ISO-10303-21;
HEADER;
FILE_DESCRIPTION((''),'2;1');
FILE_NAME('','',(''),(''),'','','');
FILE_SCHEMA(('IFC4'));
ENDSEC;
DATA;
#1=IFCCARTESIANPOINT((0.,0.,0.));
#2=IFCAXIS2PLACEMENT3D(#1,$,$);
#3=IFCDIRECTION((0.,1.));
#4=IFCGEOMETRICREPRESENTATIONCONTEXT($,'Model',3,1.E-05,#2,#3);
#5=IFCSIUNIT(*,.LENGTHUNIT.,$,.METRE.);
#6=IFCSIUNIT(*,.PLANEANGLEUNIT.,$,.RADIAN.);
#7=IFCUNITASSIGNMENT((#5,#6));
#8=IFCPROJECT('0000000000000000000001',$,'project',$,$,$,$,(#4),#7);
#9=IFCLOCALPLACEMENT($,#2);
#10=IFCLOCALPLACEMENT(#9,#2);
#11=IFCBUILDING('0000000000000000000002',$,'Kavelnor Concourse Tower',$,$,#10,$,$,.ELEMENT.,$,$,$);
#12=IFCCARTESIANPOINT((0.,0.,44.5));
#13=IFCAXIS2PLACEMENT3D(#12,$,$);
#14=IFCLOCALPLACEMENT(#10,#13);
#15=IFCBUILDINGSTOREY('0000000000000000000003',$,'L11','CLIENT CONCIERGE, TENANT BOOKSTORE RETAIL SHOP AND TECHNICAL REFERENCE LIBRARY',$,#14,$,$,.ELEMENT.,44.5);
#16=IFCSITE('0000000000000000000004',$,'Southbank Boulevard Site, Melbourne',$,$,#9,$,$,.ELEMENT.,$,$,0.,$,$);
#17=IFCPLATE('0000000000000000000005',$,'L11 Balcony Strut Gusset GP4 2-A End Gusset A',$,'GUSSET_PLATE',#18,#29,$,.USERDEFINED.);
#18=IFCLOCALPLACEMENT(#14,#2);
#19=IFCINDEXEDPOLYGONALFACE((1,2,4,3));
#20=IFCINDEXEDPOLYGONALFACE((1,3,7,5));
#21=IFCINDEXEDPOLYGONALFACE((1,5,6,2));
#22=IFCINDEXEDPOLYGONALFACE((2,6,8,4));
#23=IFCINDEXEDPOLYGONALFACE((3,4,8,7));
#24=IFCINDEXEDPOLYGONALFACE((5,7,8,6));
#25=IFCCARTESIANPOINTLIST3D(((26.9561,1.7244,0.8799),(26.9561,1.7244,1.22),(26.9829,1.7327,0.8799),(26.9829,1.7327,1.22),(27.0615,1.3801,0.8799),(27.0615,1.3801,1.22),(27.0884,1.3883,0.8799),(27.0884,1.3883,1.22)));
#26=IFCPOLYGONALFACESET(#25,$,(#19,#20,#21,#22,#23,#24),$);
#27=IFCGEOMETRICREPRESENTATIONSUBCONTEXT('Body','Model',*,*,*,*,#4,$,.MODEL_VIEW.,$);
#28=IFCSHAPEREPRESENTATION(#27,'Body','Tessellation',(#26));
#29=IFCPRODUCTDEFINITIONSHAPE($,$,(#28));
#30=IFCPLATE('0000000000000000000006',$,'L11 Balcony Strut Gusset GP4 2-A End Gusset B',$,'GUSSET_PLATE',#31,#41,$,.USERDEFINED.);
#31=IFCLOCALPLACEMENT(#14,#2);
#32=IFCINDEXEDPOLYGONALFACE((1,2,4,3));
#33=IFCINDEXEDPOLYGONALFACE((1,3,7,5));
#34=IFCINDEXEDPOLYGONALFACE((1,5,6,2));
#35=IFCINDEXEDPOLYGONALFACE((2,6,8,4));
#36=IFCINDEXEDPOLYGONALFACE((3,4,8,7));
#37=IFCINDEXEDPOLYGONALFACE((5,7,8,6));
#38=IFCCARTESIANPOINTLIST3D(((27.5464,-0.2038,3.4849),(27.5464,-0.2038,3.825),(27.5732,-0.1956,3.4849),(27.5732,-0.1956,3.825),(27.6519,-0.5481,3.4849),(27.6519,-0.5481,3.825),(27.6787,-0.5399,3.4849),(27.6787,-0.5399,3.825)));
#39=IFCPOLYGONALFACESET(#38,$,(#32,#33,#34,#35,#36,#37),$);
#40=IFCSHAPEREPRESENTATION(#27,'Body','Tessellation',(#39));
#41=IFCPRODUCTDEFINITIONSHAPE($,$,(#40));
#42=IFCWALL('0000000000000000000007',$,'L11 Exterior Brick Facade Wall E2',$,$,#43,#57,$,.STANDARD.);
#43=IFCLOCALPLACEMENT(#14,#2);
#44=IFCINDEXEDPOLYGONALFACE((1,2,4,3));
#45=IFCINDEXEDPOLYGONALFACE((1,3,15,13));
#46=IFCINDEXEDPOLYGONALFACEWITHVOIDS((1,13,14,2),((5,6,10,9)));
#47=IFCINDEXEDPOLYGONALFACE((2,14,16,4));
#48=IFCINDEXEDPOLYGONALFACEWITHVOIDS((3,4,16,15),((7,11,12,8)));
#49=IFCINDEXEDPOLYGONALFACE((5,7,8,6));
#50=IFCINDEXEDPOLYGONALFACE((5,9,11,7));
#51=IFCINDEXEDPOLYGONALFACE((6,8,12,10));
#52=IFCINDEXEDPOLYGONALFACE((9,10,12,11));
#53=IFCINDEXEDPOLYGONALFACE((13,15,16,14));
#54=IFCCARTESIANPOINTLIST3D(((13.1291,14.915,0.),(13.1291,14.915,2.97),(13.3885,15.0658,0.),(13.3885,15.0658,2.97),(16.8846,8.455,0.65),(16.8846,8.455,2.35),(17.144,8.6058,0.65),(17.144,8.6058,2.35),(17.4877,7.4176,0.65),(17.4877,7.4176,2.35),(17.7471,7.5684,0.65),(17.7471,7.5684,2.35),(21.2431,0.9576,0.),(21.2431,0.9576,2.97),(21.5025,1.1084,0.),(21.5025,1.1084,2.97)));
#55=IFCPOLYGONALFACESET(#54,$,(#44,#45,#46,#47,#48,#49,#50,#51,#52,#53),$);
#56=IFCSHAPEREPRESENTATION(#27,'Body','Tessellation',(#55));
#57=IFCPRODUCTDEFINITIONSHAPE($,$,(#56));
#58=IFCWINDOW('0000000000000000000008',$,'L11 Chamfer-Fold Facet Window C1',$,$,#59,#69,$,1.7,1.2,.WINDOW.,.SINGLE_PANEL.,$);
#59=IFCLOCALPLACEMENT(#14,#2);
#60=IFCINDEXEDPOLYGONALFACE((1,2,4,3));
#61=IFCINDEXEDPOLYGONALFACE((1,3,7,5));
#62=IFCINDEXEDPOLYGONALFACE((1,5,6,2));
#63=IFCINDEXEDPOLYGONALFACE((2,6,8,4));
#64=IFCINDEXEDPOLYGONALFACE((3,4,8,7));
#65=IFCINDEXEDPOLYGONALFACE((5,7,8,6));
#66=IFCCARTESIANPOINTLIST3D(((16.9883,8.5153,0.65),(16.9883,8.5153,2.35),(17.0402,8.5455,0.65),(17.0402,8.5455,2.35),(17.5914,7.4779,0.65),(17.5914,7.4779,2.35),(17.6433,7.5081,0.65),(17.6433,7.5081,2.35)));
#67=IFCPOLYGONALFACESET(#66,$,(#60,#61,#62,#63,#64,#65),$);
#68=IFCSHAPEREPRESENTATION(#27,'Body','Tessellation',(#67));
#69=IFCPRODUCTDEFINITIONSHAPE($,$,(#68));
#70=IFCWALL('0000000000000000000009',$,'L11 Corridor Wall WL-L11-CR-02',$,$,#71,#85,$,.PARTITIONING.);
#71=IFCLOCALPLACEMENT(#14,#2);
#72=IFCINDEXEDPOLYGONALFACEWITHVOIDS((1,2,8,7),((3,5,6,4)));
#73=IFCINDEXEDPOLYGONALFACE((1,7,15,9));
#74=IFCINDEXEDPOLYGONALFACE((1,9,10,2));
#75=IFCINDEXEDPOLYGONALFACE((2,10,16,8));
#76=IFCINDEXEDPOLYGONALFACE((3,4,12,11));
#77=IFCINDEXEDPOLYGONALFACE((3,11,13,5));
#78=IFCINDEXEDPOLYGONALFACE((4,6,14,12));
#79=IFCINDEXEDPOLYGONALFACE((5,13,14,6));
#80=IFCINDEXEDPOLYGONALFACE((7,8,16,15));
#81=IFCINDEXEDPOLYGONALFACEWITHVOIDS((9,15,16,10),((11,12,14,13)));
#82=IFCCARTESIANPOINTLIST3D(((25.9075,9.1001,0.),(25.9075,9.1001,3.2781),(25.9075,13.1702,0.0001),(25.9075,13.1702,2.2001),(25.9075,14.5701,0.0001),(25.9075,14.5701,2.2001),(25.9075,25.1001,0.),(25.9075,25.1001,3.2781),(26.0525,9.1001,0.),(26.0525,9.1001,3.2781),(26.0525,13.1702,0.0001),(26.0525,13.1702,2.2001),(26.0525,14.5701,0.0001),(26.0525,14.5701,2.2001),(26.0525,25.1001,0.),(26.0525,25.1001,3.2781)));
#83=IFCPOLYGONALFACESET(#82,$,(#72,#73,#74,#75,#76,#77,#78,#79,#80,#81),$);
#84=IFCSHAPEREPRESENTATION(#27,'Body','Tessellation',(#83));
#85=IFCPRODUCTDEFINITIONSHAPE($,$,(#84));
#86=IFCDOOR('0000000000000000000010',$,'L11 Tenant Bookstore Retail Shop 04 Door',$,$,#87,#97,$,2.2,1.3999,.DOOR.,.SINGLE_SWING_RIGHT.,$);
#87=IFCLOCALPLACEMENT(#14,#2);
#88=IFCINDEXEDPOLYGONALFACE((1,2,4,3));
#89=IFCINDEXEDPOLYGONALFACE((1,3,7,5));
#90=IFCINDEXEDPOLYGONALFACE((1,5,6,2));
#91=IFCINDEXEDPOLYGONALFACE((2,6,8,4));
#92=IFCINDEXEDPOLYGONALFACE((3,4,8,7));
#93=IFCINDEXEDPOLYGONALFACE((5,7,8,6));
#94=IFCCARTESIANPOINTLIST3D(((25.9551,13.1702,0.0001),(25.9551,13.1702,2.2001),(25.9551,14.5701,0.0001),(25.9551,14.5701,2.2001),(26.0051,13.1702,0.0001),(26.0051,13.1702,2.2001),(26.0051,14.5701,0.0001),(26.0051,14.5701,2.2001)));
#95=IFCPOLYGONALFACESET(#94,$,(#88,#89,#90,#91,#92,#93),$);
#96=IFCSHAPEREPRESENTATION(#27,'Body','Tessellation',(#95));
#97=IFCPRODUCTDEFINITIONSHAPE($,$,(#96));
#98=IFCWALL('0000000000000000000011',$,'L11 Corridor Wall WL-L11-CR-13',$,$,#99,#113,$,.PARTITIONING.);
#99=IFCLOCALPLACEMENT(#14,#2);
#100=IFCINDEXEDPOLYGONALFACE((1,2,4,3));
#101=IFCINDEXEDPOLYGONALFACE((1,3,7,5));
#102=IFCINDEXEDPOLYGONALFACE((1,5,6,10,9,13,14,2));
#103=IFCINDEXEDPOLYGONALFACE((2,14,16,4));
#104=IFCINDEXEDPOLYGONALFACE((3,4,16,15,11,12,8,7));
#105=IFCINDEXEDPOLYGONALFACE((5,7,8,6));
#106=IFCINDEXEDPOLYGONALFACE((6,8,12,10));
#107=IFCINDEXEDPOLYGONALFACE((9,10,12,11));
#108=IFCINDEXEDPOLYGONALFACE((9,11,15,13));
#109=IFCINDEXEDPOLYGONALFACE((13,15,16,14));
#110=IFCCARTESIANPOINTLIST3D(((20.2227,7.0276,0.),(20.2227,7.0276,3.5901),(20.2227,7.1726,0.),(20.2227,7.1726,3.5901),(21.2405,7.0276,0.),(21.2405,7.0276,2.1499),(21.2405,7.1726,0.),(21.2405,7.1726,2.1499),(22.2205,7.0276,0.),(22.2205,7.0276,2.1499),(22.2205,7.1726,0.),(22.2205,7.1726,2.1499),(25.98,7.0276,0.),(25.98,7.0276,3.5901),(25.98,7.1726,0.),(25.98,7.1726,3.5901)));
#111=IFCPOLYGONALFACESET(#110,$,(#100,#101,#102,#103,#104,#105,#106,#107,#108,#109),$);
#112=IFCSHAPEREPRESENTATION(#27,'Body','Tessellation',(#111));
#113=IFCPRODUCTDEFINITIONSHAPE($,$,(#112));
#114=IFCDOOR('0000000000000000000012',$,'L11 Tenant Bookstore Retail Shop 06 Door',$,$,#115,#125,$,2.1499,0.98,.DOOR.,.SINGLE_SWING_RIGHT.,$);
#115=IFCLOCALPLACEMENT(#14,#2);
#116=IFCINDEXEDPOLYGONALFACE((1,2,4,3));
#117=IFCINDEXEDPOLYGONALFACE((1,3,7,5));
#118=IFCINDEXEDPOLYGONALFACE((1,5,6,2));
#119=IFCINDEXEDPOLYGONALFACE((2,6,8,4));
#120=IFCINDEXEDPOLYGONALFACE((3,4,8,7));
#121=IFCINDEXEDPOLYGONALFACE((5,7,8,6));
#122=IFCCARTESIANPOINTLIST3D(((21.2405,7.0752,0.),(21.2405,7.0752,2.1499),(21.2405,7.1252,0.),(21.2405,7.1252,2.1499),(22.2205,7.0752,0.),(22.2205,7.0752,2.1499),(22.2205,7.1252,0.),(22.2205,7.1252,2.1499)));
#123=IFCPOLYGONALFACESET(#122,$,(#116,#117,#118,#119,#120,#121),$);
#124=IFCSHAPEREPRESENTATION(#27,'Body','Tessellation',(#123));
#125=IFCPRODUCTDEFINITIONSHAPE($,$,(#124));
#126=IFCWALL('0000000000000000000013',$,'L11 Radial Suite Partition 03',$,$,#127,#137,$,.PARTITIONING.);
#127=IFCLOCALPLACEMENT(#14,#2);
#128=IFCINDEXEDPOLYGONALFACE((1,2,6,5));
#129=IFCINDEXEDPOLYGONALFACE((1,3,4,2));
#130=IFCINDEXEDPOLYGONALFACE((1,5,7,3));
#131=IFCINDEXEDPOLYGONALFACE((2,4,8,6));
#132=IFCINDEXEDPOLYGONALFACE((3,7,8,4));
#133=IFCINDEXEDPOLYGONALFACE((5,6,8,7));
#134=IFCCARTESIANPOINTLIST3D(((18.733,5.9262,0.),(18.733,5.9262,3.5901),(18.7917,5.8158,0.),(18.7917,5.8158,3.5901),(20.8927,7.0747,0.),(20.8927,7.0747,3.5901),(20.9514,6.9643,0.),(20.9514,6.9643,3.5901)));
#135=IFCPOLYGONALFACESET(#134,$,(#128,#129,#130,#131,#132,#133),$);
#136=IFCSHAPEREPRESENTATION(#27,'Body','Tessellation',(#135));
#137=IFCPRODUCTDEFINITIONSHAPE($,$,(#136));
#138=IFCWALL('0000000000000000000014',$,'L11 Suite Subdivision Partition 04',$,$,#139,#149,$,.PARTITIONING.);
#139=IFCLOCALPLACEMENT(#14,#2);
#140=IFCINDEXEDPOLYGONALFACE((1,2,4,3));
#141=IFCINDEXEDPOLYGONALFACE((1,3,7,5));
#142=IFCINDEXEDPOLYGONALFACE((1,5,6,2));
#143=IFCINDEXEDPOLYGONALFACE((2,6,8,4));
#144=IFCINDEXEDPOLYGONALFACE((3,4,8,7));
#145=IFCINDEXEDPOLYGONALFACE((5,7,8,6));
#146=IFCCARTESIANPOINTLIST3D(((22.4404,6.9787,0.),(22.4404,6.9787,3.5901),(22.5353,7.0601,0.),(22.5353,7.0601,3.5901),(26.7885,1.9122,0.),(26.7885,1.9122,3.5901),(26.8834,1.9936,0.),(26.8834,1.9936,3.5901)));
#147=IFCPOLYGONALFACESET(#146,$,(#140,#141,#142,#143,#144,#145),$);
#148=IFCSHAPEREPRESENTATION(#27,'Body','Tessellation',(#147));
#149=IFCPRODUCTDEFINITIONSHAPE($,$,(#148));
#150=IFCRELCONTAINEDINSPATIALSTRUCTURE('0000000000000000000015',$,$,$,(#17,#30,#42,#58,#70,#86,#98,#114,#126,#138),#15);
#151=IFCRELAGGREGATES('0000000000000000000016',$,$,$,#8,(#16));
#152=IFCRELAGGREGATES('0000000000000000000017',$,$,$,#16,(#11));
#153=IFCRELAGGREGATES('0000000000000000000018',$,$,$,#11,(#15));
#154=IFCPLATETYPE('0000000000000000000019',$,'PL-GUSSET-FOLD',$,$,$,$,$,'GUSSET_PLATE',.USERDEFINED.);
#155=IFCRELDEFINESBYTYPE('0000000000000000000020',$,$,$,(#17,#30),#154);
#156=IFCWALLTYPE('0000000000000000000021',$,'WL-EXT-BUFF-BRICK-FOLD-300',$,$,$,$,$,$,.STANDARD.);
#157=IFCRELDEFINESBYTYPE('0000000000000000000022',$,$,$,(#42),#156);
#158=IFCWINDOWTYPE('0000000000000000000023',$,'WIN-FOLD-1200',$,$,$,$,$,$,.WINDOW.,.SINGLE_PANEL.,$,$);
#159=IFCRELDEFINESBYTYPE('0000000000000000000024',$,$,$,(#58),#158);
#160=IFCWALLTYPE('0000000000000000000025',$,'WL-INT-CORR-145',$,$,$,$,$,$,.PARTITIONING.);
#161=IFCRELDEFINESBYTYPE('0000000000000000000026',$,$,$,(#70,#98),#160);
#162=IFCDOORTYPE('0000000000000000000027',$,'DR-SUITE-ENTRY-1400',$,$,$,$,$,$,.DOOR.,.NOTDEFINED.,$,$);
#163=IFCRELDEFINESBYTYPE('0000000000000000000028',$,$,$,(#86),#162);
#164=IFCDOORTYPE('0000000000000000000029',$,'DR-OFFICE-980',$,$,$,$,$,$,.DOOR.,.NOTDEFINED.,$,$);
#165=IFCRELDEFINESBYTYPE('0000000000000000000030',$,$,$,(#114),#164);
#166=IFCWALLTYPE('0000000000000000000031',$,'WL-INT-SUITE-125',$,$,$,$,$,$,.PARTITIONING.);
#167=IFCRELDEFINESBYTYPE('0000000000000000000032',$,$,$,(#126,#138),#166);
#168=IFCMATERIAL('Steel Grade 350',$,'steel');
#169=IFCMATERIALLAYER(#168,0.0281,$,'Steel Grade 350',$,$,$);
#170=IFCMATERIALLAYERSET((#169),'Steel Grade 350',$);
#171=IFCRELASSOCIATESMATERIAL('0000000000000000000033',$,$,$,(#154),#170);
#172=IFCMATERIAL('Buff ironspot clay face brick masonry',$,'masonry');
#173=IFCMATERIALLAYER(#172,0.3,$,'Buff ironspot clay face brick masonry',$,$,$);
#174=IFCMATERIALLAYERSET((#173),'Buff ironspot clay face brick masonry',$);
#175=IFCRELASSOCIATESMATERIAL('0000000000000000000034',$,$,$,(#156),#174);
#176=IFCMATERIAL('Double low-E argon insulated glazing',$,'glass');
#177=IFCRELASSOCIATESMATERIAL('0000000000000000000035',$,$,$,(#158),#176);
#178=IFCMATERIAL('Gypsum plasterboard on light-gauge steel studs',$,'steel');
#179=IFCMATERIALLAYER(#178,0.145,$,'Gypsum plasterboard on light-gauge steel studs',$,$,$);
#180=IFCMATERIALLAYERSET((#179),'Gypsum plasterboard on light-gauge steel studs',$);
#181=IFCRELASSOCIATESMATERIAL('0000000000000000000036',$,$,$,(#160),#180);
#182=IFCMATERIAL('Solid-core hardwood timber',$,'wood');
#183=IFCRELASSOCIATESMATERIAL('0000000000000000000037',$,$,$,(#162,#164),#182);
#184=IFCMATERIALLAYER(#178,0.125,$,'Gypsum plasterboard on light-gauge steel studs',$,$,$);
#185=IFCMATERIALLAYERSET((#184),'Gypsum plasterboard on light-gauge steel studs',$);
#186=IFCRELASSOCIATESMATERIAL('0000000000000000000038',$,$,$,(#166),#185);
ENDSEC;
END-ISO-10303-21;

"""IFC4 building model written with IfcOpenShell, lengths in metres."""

from ifc_helpers import new_model, si_unit, direction, frame, frame_2d, origin, origin_2d, place, context, subcontext, project, spatial, rectangle, extrude, material, layer, layer_set, type_object, element, fill, save


model = new_model("IFC4")

# Units and contexts
model_context = context("Model", 3, precision=1e-05, world=origin(), true_north=direction((0.0, 1.0)))
body_context = subcontext(model_context, "Body", "Model", "MODEL_VIEW")
ifc_project = project(units=[si_unit("LENGTHUNIT", "METRE"), si_unit("PLANEANGLEUNIT", "RADIAN")], contexts=[model_context])

# Site, building, storey
site_placement = place(None, origin())
site = spatial("IfcSite", under=ifc_project, at=site_placement, Name="Southbank Boulevard Site, Melbourne", CompositionType="ELEMENT", RefElevation=0.0)
building_placement = place(site_placement, origin())
building = spatial("IfcBuilding", under=site, at=building_placement, Name="Kavelnor Concourse Tower", CompositionType="ELEMENT")
storey_placement = place(building_placement, frame((0.0, 0.0, 44.5)))
storey = spatial("IfcBuildingStorey", under=building, at=storey_placement, Name="L11", Description="CLIENT CONCIERGE, TENANT BOOKSTORE RETAIL SHOP AND TECHNICAL REFERENCE LIBRARY", CompositionType="ELEMENT", Elevation=44.5)

# Shared definitions
ifc_material_1 = material(Name="Steel Grade 350", Category="steel")

# Plates
ifc_layer_1 = layer(ifc_material_1, 0.0281, Name="Steel Grade 350")
ifc_layer_set_1 = layer_set([ifc_layer_1], Name="Steel Grade 350")
plate_type = type_object("IfcPlateType", Name="PL-GUSSET-FOLD", ElementType="GUSSET_PLATE", PredefinedType="USERDEFINED", material=ifc_layer_set_1)
for number, where, z_axis, x_axis, name in (
    (1, (27.0222, 1.5564, 0.8799), (0.0, 0.0, 1.0), (0.292872, -0.956152, 0.0), "L11 Balcony Strut Gusset GP4 2-A End Gusset A"),
    (2, (27.6125, -0.3718, 3.4849), (0.0, 0.0, 1.0), (0.292872, -0.956152, 0.0), "L11 Balcony Strut Gusset GP4 2-A End Gusset B"),
):
    element("IfcPlate", number, at=place(storey_placement, frame(where, z_axis=z_axis, x_axis=x_axis)), inside=storey, type_object=plate_type, Name=name, ObjectType="GUSSET_PLATE", PredefinedType="USERDEFINED", context=body_context, shape_type="SweptSolid", body=[
        extrude(rectangle(XDim=0.3601, YDim=0.0281, at=origin_2d()), origin(), (0.0, 0.0, 1.0), 0.3401),
    ])

# Wall, opening, window
ifc_material_2 = material(Name="Buff ironspot clay face brick masonry", Category="masonry")
ifc_layer_2 = layer(ifc_material_2, 0.3, Name="Buff ironspot clay face brick masonry")
ifc_layer_set_2 = layer_set([ifc_layer_2], Name="Buff ironspot clay face brick masonry")
wall_type_1 = type_object("IfcWallType", Name="WL-EXT-BUFF-BRICK-FOLD-300", PredefinedType="STANDARD", material=ifc_layer_set_2)
wall_1_placement = place(storey_placement, frame((21.3728, 1.033, 0.0), z_axis=(0.0, 0.0, 1.0), x_axis=(-0.502582, 0.864529, 0.0)))
wall_1 = element("IfcWall", 3, at=wall_1_placement, inside=storey, type_object=wall_type_1, Name="L11 Exterior Brick Facade Wall E2", PredefinedType="STANDARD", context=body_context, shape_type="SweptSolid", body=[
    extrude(rectangle(XDim=16.1445, YDim=0.3, at=frame_2d((8.0723, 0.0))), origin(), (0.0, 0.0, 1.0), 2.97),
])
opening_1_placement = place(wall_1_placement, frame((7.4722, 0.0, 0.6499)))
opening_1 = element("IfcOpeningElement", 4, at=opening_1_placement, cuts=wall_1, PredefinedType="OPENING", context=body_context, shape_type="SweptSolid", body=[
    extrude(rectangle(XDim=1.2, YDim=1.7, at=frame_2d((0.6001, 0.8501))), frame((0.0, 0.1602, 0.0), z_axis=(0.0, -1.0, 0.0), x_axis=(1.0, 0.0, 0.0)), (0.0, 0.0, 1.0), 0.3201),
])
ifc_material_3 = material(Name="Double low-E argon insulated glazing", Category="glass")
window_type = type_object("IfcWindowType", Name="WIN-FOLD-1200", PartitioningType="SINGLE_PANEL", PredefinedType="WINDOW", material=ifc_material_3)
window_placement = place(opening_1_placement, origin())
window = element("IfcWindow", 5, at=window_placement, inside=storey, type_object=window_type, Name="L11 Chamfer-Fold Facet Window C1", OverallHeight=1.7, OverallWidth=1.2, PartitioningType="SINGLE_PANEL", PredefinedType="WINDOW", context=body_context, shape_type="SweptSolid", body=[
    extrude(rectangle(XDim=1.2, YDim=1.7, at=frame_2d((0.6001, 0.8501))), frame((0.0, 0.03, 0.0), z_axis=(0.0, -1.0, 0.0), x_axis=(1.0, 0.0, 0.0)), (0.0, 0.0, 1.0), 0.0601),
])
fill(opening_1, window)

# Walls, openings, doors
ifc_material_4 = material(Name="Gypsum plasterboard on light-gauge steel studs", Category="steel")
ifc_layer_3 = layer(ifc_material_4, 0.145, Name="Gypsum plasterboard on light-gauge steel studs")
ifc_layer_set_3 = layer_set([ifc_layer_3], Name="Gypsum plasterboard on light-gauge steel studs")
wall_type_2 = type_object("IfcWallType", Name="WL-INT-CORR-145", PredefinedType="PARTITIONING", material=ifc_layer_set_3)
wall_2_placement = place(storey_placement, frame((25.98, 9.1001, 0.0), z_axis=(0.0, 0.0, 1.0), x_axis=(0.0, 1.0, 0.0)))
wall_2 = element("IfcWall", 6, at=wall_2_placement, inside=storey, type_object=wall_type_2, Name="L11 Corridor Wall WL-L11-CR-02", PredefinedType="PARTITIONING", context=body_context, shape_type="SweptSolid", body=[
    extrude(rectangle(XDim=16.0, YDim=0.145, at=frame_2d((8.0, 0.0))), origin(), (0.0, 0.0, 1.0), 3.2781),
])
opening_2_placement = place(wall_2_placement, frame((4.0701, 0.0, 0.0)))
opening_2 = element("IfcOpeningElement", 7, at=opening_2_placement, cuts=wall_2, PredefinedType="OPENING", context=body_context, shape_type="SweptSolid", body=[
    extrude(rectangle(XDim=1.3999, YDim=2.2, at=frame_2d((0.7, 1.1001))), frame((0.0, 0.0825, 0.0), z_axis=(0.0, -1.0, 0.0), x_axis=(1.0, 0.0, 0.0)), (0.0, 0.0, 1.0), 0.165),
])
ifc_material_5 = material(Name="Solid-core hardwood timber", Category="wood")
door_type_1 = type_object("IfcDoorType", Name="DR-SUITE-ENTRY-1400", OperationType="NOTDEFINED", PredefinedType="DOOR", material=ifc_material_5)
door_1_placement = place(opening_2_placement, origin())
door_1 = element("IfcDoor", 8, at=door_1_placement, inside=storey, type_object=door_type_1, Name="L11 Tenant Bookstore Retail Shop 04 Door", OperationType="SINGLE_SWING_RIGHT", OverallHeight=2.2, OverallWidth=1.3999, PredefinedType="DOOR", context=body_context, shape_type="SweptSolid", body=[
    extrude(rectangle(XDim=1.3999, YDim=2.2, at=frame_2d((0.7, 1.1001))), frame((0.0, 0.0249, 0.0), z_axis=(0.0, -1.0, 0.0), x_axis=(1.0, 0.0, 0.0)), (0.0, 0.0, 1.0), 0.05),
])
fill(opening_2, door_1)
wall_3_placement = place(storey_placement, frame((25.98, 7.1001, 0.0), z_axis=(0.0, 0.0, 1.0), x_axis=(-1.0, 0.0, 0.0)))
wall_3 = element("IfcWall", 9, at=wall_3_placement, inside=storey, type_object=wall_type_2, Name="L11 Corridor Wall WL-L11-CR-13", PredefinedType="PARTITIONING", context=body_context, shape_type="SweptSolid", body=[
    extrude(rectangle(XDim=5.7573, YDim=0.145, at=frame_2d((2.8787, 0.0))), origin(), (0.0, 0.0, 1.0), 3.5901),
])
opening_3_placement = place(wall_3_placement, frame((3.7595, 0.0, 0.0)))
opening_3 = element("IfcOpeningElement", 10, at=opening_3_placement, cuts=wall_3, PredefinedType="OPENING", context=body_context, shape_type="SweptSolid", body=[
    extrude(rectangle(XDim=0.98, YDim=2.1499, at=frame_2d((0.49, 1.075))), frame((0.0, 0.0825, 0.0), z_axis=(0.0, -1.0, 0.0), x_axis=(1.0, 0.0, 0.0)), (0.0, 0.0, 1.0), 0.165),
])
door_type_2 = type_object("IfcDoorType", Name="DR-OFFICE-980", OperationType="NOTDEFINED", PredefinedType="DOOR", material=ifc_material_5)
door_2_placement = place(opening_3_placement, origin())
door_2 = element("IfcDoor", 11, at=door_2_placement, inside=storey, type_object=door_type_2, Name="L11 Tenant Bookstore Retail Shop 06 Door", OperationType="SINGLE_SWING_RIGHT", OverallHeight=2.1499, OverallWidth=0.98, PredefinedType="DOOR", context=body_context, shape_type="SweptSolid", body=[
    extrude(rectangle(XDim=0.98, YDim=2.1499, at=frame_2d((0.49, 1.075))), frame((0.0, 0.0249, 0.0), z_axis=(0.0, -1.0, 0.0), x_axis=(1.0, 0.0, 0.0)), (0.0, 0.0, 1.0), 0.05),
])
fill(opening_3, door_2)

# Walls
ifc_layer_4 = layer(ifc_material_4, 0.125, Name="Gypsum plasterboard on light-gauge steel studs")
ifc_layer_set_4 = layer_set([ifc_layer_4], Name="Gypsum plasterboard on light-gauge steel studs")
wall_type_3 = type_object("IfcWallType", Name="WL-INT-SUITE-125", PredefinedType="PARTITIONING", material=ifc_layer_set_4)
wall_4_placement = place(storey_placement, frame((20.9221, 7.0195, 0.0), z_axis=(0.0, 0.0, 1.0), x_axis=(-0.882927, -0.46951, 0.0)))
element("IfcWall", 12, at=wall_4_placement, inside=storey, type_object=wall_type_3, Name="L11 Radial Suite Partition 03", PredefinedType="PARTITIONING", context=body_context, shape_type="SweptSolid", body=[
    extrude(rectangle(XDim=2.446, YDim=0.125, at=frame_2d((1.2231, 0.0))), origin(), (0.0, 0.0, 1.0), 3.5901),
])
wall_5_placement = place(storey_placement, frame((22.4878, 7.0195, 0.0), z_axis=(0.0, 0.0, 1.0), x_axis=(0.651249, -0.758864, 0.0)))
element("IfcWall", 13, at=wall_5_placement, inside=storey, type_object=wall_type_3, Name="L11 Suite Subdivision Partition 04", PredefinedType="PARTITIONING", context=body_context, shape_type="SweptSolid", body=[
    extrude(rectangle(XDim=6.6765, YDim=0.125, at=frame_2d((3.3384, 0.0))), origin(), (0.0, 0.0, 1.0), 3.5901),
])

save(model, "model.ifc")
